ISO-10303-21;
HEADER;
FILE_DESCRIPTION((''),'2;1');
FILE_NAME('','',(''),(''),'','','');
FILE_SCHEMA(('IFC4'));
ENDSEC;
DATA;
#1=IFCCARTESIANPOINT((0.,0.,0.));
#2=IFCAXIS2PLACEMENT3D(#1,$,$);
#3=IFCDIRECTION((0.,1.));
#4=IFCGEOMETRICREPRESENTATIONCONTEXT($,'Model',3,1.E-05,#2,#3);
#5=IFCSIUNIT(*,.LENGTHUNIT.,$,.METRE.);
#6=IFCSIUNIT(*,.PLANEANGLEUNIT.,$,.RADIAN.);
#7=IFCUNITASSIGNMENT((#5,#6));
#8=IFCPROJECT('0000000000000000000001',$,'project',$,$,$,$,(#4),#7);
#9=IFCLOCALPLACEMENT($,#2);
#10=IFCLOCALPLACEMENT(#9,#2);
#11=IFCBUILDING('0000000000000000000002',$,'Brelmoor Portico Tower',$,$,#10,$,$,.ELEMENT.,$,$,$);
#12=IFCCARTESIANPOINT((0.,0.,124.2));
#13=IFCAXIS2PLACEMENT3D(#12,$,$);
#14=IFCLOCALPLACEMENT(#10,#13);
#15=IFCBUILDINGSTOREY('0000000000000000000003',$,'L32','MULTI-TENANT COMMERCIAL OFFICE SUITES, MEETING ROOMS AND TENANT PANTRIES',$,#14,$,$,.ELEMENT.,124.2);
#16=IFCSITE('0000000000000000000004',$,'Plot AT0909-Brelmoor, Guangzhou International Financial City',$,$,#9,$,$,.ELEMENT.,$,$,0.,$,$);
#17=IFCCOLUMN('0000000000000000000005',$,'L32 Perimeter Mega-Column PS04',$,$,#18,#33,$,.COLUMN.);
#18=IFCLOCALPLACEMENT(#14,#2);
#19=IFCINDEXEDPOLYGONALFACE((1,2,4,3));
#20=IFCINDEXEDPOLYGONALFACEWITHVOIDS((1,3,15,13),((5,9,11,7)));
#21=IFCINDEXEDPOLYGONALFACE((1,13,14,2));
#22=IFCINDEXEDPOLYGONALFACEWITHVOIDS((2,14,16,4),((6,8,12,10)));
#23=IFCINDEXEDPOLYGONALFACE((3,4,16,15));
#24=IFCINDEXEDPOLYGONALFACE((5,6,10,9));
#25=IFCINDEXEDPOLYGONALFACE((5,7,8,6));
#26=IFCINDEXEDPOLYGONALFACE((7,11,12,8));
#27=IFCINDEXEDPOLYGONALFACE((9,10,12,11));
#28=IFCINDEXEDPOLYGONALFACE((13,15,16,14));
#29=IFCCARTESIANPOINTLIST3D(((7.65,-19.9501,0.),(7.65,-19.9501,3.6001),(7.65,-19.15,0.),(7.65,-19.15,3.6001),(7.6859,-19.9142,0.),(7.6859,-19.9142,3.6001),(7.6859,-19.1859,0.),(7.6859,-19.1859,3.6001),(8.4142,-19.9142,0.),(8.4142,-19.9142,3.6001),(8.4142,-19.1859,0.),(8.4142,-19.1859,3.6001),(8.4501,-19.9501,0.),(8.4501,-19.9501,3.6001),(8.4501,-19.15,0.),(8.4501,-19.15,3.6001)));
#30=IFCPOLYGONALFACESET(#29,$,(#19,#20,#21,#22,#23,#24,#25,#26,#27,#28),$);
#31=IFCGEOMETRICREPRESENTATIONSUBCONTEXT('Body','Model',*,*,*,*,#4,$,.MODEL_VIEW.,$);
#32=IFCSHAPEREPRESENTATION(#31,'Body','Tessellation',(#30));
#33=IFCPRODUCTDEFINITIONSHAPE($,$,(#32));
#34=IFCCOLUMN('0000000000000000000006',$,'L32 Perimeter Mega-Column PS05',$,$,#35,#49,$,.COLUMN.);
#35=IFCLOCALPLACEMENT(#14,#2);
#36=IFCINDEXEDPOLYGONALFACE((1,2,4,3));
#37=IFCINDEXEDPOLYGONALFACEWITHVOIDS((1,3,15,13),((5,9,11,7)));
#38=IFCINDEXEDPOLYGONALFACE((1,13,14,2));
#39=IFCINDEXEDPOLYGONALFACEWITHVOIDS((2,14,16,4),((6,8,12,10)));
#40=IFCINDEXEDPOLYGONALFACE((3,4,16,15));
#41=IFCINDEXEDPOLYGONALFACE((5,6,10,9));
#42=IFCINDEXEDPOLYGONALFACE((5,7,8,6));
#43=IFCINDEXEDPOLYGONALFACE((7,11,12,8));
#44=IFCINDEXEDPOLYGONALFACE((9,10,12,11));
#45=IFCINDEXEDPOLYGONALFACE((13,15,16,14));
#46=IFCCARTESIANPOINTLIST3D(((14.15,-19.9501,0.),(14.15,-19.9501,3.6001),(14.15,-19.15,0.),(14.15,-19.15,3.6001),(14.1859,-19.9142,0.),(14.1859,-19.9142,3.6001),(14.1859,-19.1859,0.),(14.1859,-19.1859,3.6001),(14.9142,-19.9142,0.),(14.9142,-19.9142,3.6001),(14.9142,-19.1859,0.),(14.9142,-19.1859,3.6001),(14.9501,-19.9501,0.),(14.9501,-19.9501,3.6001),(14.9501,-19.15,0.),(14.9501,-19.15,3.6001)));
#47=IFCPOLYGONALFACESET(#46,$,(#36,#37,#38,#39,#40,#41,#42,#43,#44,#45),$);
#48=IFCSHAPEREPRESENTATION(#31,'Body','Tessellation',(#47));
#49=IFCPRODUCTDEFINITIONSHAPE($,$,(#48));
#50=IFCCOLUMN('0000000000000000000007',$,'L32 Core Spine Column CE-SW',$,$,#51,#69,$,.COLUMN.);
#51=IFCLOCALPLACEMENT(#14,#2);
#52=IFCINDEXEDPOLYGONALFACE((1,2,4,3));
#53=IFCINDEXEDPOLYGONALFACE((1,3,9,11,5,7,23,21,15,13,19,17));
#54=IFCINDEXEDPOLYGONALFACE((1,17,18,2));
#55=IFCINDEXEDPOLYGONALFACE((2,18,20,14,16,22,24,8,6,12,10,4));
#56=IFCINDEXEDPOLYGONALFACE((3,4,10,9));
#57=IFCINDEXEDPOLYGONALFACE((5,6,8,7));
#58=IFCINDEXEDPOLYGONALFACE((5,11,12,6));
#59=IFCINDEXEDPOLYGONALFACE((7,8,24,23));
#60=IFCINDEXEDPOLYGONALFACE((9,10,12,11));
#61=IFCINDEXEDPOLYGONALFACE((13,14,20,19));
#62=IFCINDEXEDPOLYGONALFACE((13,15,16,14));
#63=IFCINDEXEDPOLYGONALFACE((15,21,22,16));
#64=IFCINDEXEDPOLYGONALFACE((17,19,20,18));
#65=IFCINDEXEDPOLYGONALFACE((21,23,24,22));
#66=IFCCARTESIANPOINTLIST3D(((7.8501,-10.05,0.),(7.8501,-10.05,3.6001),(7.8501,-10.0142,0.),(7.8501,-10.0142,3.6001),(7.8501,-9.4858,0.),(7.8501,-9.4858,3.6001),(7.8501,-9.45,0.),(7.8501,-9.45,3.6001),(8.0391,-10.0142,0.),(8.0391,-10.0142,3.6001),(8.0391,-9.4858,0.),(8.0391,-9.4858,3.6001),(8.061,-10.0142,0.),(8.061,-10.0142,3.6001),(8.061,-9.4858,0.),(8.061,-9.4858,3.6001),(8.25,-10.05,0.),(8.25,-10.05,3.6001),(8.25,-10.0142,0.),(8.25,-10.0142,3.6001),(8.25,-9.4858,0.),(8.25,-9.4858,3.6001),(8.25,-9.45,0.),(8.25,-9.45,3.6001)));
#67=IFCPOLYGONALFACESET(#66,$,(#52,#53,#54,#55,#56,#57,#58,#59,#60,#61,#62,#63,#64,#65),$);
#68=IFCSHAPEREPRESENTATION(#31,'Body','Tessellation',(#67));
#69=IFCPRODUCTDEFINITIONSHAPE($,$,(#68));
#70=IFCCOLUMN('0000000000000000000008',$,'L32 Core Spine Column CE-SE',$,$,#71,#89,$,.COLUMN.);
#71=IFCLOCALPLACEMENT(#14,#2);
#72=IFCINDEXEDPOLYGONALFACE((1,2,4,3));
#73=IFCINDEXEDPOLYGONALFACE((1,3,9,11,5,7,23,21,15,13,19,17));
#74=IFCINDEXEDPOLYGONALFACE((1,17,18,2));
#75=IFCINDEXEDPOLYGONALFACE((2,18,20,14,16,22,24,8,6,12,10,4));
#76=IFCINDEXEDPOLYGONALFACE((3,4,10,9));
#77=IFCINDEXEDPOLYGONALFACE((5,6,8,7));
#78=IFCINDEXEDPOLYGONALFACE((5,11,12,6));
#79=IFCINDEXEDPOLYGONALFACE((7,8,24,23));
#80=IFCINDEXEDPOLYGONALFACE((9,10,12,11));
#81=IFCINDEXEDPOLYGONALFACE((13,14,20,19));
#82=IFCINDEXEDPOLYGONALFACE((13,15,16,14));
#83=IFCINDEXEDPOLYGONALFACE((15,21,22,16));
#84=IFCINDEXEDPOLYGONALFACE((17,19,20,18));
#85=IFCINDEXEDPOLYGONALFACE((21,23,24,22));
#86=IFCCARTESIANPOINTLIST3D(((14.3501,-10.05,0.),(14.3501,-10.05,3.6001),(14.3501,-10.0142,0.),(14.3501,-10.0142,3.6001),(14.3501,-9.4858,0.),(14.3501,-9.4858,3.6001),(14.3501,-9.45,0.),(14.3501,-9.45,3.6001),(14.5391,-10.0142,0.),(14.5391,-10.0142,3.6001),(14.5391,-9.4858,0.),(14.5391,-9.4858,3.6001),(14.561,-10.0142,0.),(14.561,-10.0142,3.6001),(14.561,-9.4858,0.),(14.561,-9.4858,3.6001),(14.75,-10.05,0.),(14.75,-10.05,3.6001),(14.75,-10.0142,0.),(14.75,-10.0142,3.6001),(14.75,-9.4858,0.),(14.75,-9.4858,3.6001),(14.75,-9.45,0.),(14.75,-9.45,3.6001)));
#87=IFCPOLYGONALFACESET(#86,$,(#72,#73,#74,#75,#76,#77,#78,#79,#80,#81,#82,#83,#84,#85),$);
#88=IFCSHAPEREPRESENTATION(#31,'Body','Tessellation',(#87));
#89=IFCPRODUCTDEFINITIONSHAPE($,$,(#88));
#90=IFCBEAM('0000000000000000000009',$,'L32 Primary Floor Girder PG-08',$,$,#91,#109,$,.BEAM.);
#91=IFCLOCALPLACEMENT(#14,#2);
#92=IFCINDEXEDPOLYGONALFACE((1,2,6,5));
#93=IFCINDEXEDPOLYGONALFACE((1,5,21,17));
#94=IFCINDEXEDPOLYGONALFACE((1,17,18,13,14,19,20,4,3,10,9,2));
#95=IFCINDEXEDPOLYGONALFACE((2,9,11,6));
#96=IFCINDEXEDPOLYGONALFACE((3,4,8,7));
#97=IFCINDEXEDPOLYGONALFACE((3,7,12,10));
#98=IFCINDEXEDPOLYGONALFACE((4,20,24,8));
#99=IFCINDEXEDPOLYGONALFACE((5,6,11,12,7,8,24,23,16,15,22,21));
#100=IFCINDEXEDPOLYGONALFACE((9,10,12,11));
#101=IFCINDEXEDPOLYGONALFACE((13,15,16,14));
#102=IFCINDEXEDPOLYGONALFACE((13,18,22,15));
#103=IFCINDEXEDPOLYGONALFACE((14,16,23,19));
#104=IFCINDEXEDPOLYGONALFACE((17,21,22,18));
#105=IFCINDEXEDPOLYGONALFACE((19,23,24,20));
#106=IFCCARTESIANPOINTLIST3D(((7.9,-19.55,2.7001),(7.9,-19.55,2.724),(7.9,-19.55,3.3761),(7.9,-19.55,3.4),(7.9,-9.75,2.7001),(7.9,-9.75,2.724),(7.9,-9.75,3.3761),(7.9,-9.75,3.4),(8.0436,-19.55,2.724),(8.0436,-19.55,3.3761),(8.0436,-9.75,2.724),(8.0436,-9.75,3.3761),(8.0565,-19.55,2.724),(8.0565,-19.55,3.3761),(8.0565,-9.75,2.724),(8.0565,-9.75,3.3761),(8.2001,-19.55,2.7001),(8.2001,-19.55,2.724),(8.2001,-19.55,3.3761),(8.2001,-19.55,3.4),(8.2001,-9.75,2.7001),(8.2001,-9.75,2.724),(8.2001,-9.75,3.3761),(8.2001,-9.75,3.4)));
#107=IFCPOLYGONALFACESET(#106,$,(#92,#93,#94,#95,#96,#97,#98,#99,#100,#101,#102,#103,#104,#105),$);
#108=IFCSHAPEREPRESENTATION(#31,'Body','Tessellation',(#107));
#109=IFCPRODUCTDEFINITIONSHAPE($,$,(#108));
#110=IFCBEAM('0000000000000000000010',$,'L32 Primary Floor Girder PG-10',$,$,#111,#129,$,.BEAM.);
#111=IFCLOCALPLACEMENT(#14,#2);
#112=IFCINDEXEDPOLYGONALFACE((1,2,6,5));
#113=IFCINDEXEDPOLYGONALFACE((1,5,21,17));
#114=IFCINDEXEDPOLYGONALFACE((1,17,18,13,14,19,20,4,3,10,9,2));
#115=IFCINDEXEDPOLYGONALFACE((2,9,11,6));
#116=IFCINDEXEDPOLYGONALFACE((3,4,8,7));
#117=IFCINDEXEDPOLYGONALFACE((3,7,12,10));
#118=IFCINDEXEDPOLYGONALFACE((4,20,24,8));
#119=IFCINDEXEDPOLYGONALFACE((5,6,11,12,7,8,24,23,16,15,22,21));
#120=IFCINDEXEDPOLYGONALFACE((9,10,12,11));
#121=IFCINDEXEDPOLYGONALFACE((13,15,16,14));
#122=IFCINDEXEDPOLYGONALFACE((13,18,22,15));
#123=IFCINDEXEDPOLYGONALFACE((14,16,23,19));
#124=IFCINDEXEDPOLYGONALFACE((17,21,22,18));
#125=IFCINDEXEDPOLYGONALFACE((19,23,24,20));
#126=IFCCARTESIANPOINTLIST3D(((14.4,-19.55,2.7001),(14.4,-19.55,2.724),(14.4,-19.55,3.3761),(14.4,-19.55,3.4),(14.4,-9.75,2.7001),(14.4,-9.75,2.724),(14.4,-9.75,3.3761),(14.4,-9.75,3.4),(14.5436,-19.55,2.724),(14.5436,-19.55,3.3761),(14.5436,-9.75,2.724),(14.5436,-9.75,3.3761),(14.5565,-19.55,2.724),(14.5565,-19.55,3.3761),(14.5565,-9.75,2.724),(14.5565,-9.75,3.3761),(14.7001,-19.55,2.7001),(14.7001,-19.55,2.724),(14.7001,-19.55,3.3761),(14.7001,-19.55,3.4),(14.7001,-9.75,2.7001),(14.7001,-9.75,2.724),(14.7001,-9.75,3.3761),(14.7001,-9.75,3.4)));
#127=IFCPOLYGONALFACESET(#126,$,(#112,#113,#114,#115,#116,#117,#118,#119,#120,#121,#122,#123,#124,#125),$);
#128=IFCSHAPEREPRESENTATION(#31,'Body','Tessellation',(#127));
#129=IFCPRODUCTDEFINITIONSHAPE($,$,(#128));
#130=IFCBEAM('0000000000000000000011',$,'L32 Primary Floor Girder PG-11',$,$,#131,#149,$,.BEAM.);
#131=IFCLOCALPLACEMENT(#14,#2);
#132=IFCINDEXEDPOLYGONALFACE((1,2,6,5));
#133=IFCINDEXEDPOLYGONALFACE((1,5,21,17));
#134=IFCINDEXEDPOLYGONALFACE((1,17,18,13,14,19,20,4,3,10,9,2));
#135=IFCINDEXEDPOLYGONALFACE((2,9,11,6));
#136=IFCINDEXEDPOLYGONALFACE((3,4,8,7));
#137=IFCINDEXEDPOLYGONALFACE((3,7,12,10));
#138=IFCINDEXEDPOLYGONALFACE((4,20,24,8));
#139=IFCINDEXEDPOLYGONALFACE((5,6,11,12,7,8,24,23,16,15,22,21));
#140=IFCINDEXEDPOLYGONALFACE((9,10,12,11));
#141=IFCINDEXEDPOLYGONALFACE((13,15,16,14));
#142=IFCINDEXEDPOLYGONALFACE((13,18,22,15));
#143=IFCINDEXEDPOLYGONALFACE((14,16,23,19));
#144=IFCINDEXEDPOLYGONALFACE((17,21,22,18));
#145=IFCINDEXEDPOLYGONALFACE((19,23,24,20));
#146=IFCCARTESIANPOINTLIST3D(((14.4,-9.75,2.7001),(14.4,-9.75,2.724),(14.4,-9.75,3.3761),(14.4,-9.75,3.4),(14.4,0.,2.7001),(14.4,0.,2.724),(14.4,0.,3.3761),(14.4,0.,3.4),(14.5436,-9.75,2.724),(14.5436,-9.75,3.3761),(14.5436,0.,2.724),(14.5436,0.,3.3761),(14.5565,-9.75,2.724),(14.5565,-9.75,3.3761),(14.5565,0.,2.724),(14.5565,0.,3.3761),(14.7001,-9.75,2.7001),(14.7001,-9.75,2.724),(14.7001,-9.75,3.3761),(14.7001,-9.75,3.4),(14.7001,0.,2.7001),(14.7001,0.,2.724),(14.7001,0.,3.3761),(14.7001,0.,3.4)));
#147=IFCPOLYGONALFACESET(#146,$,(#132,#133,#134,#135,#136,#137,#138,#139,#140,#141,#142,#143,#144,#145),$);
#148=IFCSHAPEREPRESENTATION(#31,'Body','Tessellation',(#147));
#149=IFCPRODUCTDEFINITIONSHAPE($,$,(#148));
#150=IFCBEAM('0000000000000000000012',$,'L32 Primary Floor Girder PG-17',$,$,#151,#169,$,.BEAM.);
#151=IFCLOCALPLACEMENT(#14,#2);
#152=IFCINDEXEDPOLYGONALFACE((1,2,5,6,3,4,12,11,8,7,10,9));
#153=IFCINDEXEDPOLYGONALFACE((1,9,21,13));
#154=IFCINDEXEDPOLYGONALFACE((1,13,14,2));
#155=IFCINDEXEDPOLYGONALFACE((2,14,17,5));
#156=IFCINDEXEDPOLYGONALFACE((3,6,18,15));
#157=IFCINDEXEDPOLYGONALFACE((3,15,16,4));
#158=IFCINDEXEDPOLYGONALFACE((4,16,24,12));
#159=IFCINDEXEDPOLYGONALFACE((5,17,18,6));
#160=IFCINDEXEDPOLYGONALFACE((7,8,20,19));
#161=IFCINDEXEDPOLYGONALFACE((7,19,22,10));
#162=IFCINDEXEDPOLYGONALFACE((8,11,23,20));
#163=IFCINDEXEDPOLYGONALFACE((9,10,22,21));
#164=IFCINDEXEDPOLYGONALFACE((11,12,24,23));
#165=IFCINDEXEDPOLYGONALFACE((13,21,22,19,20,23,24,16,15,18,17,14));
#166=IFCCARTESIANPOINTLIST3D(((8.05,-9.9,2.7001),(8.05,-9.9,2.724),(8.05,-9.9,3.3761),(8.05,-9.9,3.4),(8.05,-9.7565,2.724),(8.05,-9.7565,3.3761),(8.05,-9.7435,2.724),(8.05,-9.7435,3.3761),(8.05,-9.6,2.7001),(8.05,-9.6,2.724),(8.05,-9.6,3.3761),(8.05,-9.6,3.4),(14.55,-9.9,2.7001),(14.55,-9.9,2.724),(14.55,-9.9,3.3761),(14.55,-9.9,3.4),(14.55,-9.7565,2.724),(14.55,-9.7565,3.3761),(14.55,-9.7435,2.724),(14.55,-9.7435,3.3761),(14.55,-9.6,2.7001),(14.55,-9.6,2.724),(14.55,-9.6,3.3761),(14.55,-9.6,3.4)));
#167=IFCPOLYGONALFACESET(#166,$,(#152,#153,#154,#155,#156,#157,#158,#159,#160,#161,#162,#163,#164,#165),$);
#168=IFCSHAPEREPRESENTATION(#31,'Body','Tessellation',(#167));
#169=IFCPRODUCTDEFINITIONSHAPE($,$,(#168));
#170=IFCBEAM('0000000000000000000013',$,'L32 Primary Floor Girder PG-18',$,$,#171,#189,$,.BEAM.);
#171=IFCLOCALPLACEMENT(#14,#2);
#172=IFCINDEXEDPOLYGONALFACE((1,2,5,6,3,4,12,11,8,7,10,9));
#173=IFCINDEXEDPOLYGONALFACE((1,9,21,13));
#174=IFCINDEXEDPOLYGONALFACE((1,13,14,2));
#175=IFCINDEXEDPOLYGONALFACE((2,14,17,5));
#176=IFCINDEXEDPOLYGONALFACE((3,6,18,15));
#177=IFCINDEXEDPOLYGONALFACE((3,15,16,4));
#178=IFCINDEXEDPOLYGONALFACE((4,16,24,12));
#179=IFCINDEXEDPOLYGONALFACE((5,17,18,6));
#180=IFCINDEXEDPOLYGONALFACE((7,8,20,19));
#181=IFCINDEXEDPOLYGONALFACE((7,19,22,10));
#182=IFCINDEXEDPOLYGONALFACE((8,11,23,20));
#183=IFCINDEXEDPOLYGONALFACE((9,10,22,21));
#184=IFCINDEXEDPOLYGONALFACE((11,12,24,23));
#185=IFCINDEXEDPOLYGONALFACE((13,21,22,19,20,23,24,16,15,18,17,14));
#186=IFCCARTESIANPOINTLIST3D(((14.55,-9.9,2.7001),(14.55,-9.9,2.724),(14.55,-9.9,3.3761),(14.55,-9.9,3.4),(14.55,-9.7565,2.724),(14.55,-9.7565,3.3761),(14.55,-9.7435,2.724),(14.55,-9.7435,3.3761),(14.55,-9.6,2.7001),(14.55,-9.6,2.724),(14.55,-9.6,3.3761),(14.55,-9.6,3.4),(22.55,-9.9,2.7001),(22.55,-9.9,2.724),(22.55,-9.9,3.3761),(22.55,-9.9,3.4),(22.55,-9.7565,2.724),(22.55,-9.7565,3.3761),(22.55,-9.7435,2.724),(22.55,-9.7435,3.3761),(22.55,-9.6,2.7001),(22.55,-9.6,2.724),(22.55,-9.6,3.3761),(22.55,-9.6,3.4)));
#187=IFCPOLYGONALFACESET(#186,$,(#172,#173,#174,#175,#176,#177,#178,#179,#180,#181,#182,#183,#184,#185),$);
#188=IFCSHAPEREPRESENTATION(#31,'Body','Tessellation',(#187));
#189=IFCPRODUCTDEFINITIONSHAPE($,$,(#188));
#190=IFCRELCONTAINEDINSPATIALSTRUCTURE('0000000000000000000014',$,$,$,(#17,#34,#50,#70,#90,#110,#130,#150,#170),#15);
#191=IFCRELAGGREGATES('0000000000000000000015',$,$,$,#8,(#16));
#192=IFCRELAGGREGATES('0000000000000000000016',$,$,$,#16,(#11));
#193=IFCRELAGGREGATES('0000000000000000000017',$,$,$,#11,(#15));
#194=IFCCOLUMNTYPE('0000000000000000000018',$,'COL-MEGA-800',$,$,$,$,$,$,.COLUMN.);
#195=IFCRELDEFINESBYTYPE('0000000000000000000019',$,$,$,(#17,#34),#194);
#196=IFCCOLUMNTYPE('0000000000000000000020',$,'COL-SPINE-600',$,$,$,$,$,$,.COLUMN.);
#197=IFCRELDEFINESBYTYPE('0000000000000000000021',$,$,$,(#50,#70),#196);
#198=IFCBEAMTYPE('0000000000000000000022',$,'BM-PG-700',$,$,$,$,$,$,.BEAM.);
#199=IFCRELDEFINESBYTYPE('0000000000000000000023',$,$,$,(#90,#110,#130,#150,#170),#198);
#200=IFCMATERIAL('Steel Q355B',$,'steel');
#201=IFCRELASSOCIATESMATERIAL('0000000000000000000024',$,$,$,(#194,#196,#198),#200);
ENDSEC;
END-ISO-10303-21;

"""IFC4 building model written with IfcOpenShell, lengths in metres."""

from ifc_helpers import new_model, si_unit, direction, frame, origin, origin_2d, place, context, subcontext, project, spatial, hollow_rectangle, i_section, extrude, material, material_profile, profile_set, type_object, element, save


model = new_model("IFC4")

# Units and contexts
model_context = context("Model", 3, precision=1e-05, world=origin(), true_north=direction((0.0, 1.0)))
body_context = subcontext(model_context, "Body", "Model", "MODEL_VIEW")
ifc_project = project(units=[si_unit("LENGTHUNIT", "METRE"), si_unit("PLANEANGLEUNIT", "RADIAN")], contexts=[model_context])

# Site, building, storey
site_placement = place(None, origin())
site = spatial("IfcSite", under=ifc_project, at=site_placement, Name="Plot AT0909-Brelmoor, Guangzhou International Financial City", CompositionType="ELEMENT", RefElevation=0.0)
building_placement = place(site_placement, origin())
building = spatial("IfcBuilding", under=site, at=building_placement, Name="Brelmoor Portico Tower", CompositionType="ELEMENT")
storey_placement = place(building_placement, frame((0.0, 0.0, 124.2)))
storey = spatial("IfcBuildingStorey", under=building, at=storey_placement, Name="L32", Description="MULTI-TENANT COMMERCIAL OFFICE SUITES, MEETING ROOMS AND TENANT PANTRIES", CompositionType="ELEMENT", Elevation=124.2)

# Columns
ifc_material_1 = material(Name="Steel Q355B", Category="steel")
ifc_material_profile_1 = material_profile(ifc_material_1, hollow_rectangle(XDim=0.8, YDim=0.8, WallThickness=0.0359, at=origin_2d()), Name="BOX 800x800x36")
ifc_profile_set_1 = profile_set([ifc_material_profile_1], Name="Steel Q355B")
column_type_1 = type_object("IfcColumnType", Name="COL-MEGA-800", PredefinedType="COLUMN", material=ifc_profile_set_1)
for number, where, z_axis, x_axis, name in (
    (1, (8.05, -19.55, 0.0), (0.0, 0.0, 1.0), (1.0, 0.0, 0.0), "L32 Perimeter Mega-Column PS04"),
    (2, (14.55, -19.55, 0.0), (0.0, 0.0, 1.0), (1.0, 0.0, 0.0), "L32 Perimeter Mega-Column PS05"),
):
    element("IfcColumn", number, at=place(storey_placement, frame(where, z_axis=z_axis, x_axis=x_axis)), inside=storey, type_object=column_type_1, Name=name, PredefinedType="COLUMN", context=body_context, shape_type="SweptSolid", body=[
        extrude(hollow_rectangle(XDim=0.8, YDim=0.8, WallThickness=0.0359, at=origin_2d()), origin(), (0.0, 0.0, 1.0), 3.6001),
    ])
ifc_material_profile_2 = material_profile(ifc_material_1, i_section(OverallWidth=0.3999, OverallDepth=0.6001, WebThickness=0.022, FlangeThickness=0.0359, at=origin_2d()), Name="HW 600x400x22x36")
ifc_profile_set_2 = profile_set([ifc_material_profile_2], Name="Steel Q355B")
column_type_2 = type_object("IfcColumnType", Name="COL-SPINE-600", PredefinedType="COLUMN", material=ifc_profile_set_2)
for number, where, z_axis, x_axis, name in (
    (3, (8.05, -9.75, 0.0), (0.0, 0.0, 1.0), (1.0, 0.0, 0.0), "L32 Core Spine Column CE-SW"),
    (4, (14.55, -9.75, 0.0), (0.0, 0.0, 1.0), (1.0, 0.0, 0.0), "L32 Core Spine Column CE-SE"),
):
    element("IfcColumn", number, at=place(storey_placement, frame(where, z_axis=z_axis, x_axis=x_axis)), inside=storey, type_object=column_type_2, Name=name, PredefinedType="COLUMN", context=body_context, shape_type="SweptSolid", body=[
        extrude(i_section(OverallWidth=0.3999, OverallDepth=0.6001, WebThickness=0.022, FlangeThickness=0.0359, at=origin_2d()), origin(), (0.0, 0.0, 1.0), 3.6001),
    ])

# Beams
ifc_material_profile_3 = material_profile(ifc_material_1, i_section(OverallWidth=0.3, OverallDepth=0.7, WebThickness=0.0129, FlangeThickness=0.0239, at=origin_2d()), Name="HN 700x300x13x24")
ifc_profile_set_3 = profile_set([ifc_material_profile_3], Name="Steel Q355B")
beam_type_1 = type_object("IfcBeamType", Name="BM-PG-700", PredefinedType="BEAM", material=ifc_profile_set_3)
for number, where, z_axis, x_axis, name in (
    (5, (8.05, -19.55, 3.05), (0.0, 1.0, 0.0), (-1.0, 0.0, 0.0), "L32 Primary Floor Girder PG-08"),
    (6, (14.55, -19.55, 3.05), (0.0, 1.0, 0.0), (-1.0, 0.0, 0.0), "L32 Primary Floor Girder PG-10"),
):
    element("IfcBeam", number, at=place(storey_placement, frame(where, z_axis=z_axis, x_axis=x_axis)), inside=storey, type_object=beam_type_1, Name=name, PredefinedType="BEAM", context=body_context, shape_type="SweptSolid", body=[
        extrude(i_section(OverallWidth=0.3, OverallDepth=0.7, WebThickness=0.0129, FlangeThickness=0.0239, at=origin_2d()), origin(), (0.0, 0.0, 1.0), 9.8),
    ])
beam_1_placement = place(storey_placement, frame((14.55, -9.75, 3.05), z_axis=(0.0, 1.0, 0.0), x_axis=(-1.0, 0.0, 0.0)))
element("IfcBeam", 7, at=beam_1_placement, inside=storey, type_object=beam_type_1, Name="L32 Primary Floor Girder PG-11", PredefinedType="BEAM", context=body_context, shape_type="SweptSolid", body=[
    extrude(i_section(OverallWidth=0.3, OverallDepth=0.7, WebThickness=0.0129, FlangeThickness=0.0239, at=origin_2d()), origin(), (0.0, 0.0, 1.0), 9.75),
])
beam_2_placement = place(storey_placement, frame((8.05, -9.75, 3.05), z_axis=(1.0, 0.0, 0.0), x_axis=(0.0, 1.0, 0.0)))
element("IfcBeam", 8, at=beam_2_placement, inside=storey, type_object=beam_type_1, Name="L32 Primary Floor Girder PG-17", PredefinedType="BEAM", context=body_context, shape_type="SweptSolid", body=[
    extrude(i_section(OverallWidth=0.3, OverallDepth=0.7, WebThickness=0.0129, FlangeThickness=0.0239, at=origin_2d()), origin(), (0.0, 0.0, 1.0), 6.5),
])
beam_3_placement = place(storey_placement, frame((14.55, -9.75, 3.05), z_axis=(1.0, 0.0, 0.0), x_axis=(0.0, 1.0, 0.0)))
element("IfcBeam", 9, at=beam_3_placement, inside=storey, type_object=beam_type_1, Name="L32 Primary Floor Girder PG-18", PredefinedType="BEAM", context=body_context, shape_type="SweptSolid", body=[
    extrude(i_section(OverallWidth=0.3, OverallDepth=0.7, WebThickness=0.0129, FlangeThickness=0.0239, at=origin_2d()), origin(), (0.0, 0.0, 1.0), 8.0),
])

save(model, "model.ifc")
